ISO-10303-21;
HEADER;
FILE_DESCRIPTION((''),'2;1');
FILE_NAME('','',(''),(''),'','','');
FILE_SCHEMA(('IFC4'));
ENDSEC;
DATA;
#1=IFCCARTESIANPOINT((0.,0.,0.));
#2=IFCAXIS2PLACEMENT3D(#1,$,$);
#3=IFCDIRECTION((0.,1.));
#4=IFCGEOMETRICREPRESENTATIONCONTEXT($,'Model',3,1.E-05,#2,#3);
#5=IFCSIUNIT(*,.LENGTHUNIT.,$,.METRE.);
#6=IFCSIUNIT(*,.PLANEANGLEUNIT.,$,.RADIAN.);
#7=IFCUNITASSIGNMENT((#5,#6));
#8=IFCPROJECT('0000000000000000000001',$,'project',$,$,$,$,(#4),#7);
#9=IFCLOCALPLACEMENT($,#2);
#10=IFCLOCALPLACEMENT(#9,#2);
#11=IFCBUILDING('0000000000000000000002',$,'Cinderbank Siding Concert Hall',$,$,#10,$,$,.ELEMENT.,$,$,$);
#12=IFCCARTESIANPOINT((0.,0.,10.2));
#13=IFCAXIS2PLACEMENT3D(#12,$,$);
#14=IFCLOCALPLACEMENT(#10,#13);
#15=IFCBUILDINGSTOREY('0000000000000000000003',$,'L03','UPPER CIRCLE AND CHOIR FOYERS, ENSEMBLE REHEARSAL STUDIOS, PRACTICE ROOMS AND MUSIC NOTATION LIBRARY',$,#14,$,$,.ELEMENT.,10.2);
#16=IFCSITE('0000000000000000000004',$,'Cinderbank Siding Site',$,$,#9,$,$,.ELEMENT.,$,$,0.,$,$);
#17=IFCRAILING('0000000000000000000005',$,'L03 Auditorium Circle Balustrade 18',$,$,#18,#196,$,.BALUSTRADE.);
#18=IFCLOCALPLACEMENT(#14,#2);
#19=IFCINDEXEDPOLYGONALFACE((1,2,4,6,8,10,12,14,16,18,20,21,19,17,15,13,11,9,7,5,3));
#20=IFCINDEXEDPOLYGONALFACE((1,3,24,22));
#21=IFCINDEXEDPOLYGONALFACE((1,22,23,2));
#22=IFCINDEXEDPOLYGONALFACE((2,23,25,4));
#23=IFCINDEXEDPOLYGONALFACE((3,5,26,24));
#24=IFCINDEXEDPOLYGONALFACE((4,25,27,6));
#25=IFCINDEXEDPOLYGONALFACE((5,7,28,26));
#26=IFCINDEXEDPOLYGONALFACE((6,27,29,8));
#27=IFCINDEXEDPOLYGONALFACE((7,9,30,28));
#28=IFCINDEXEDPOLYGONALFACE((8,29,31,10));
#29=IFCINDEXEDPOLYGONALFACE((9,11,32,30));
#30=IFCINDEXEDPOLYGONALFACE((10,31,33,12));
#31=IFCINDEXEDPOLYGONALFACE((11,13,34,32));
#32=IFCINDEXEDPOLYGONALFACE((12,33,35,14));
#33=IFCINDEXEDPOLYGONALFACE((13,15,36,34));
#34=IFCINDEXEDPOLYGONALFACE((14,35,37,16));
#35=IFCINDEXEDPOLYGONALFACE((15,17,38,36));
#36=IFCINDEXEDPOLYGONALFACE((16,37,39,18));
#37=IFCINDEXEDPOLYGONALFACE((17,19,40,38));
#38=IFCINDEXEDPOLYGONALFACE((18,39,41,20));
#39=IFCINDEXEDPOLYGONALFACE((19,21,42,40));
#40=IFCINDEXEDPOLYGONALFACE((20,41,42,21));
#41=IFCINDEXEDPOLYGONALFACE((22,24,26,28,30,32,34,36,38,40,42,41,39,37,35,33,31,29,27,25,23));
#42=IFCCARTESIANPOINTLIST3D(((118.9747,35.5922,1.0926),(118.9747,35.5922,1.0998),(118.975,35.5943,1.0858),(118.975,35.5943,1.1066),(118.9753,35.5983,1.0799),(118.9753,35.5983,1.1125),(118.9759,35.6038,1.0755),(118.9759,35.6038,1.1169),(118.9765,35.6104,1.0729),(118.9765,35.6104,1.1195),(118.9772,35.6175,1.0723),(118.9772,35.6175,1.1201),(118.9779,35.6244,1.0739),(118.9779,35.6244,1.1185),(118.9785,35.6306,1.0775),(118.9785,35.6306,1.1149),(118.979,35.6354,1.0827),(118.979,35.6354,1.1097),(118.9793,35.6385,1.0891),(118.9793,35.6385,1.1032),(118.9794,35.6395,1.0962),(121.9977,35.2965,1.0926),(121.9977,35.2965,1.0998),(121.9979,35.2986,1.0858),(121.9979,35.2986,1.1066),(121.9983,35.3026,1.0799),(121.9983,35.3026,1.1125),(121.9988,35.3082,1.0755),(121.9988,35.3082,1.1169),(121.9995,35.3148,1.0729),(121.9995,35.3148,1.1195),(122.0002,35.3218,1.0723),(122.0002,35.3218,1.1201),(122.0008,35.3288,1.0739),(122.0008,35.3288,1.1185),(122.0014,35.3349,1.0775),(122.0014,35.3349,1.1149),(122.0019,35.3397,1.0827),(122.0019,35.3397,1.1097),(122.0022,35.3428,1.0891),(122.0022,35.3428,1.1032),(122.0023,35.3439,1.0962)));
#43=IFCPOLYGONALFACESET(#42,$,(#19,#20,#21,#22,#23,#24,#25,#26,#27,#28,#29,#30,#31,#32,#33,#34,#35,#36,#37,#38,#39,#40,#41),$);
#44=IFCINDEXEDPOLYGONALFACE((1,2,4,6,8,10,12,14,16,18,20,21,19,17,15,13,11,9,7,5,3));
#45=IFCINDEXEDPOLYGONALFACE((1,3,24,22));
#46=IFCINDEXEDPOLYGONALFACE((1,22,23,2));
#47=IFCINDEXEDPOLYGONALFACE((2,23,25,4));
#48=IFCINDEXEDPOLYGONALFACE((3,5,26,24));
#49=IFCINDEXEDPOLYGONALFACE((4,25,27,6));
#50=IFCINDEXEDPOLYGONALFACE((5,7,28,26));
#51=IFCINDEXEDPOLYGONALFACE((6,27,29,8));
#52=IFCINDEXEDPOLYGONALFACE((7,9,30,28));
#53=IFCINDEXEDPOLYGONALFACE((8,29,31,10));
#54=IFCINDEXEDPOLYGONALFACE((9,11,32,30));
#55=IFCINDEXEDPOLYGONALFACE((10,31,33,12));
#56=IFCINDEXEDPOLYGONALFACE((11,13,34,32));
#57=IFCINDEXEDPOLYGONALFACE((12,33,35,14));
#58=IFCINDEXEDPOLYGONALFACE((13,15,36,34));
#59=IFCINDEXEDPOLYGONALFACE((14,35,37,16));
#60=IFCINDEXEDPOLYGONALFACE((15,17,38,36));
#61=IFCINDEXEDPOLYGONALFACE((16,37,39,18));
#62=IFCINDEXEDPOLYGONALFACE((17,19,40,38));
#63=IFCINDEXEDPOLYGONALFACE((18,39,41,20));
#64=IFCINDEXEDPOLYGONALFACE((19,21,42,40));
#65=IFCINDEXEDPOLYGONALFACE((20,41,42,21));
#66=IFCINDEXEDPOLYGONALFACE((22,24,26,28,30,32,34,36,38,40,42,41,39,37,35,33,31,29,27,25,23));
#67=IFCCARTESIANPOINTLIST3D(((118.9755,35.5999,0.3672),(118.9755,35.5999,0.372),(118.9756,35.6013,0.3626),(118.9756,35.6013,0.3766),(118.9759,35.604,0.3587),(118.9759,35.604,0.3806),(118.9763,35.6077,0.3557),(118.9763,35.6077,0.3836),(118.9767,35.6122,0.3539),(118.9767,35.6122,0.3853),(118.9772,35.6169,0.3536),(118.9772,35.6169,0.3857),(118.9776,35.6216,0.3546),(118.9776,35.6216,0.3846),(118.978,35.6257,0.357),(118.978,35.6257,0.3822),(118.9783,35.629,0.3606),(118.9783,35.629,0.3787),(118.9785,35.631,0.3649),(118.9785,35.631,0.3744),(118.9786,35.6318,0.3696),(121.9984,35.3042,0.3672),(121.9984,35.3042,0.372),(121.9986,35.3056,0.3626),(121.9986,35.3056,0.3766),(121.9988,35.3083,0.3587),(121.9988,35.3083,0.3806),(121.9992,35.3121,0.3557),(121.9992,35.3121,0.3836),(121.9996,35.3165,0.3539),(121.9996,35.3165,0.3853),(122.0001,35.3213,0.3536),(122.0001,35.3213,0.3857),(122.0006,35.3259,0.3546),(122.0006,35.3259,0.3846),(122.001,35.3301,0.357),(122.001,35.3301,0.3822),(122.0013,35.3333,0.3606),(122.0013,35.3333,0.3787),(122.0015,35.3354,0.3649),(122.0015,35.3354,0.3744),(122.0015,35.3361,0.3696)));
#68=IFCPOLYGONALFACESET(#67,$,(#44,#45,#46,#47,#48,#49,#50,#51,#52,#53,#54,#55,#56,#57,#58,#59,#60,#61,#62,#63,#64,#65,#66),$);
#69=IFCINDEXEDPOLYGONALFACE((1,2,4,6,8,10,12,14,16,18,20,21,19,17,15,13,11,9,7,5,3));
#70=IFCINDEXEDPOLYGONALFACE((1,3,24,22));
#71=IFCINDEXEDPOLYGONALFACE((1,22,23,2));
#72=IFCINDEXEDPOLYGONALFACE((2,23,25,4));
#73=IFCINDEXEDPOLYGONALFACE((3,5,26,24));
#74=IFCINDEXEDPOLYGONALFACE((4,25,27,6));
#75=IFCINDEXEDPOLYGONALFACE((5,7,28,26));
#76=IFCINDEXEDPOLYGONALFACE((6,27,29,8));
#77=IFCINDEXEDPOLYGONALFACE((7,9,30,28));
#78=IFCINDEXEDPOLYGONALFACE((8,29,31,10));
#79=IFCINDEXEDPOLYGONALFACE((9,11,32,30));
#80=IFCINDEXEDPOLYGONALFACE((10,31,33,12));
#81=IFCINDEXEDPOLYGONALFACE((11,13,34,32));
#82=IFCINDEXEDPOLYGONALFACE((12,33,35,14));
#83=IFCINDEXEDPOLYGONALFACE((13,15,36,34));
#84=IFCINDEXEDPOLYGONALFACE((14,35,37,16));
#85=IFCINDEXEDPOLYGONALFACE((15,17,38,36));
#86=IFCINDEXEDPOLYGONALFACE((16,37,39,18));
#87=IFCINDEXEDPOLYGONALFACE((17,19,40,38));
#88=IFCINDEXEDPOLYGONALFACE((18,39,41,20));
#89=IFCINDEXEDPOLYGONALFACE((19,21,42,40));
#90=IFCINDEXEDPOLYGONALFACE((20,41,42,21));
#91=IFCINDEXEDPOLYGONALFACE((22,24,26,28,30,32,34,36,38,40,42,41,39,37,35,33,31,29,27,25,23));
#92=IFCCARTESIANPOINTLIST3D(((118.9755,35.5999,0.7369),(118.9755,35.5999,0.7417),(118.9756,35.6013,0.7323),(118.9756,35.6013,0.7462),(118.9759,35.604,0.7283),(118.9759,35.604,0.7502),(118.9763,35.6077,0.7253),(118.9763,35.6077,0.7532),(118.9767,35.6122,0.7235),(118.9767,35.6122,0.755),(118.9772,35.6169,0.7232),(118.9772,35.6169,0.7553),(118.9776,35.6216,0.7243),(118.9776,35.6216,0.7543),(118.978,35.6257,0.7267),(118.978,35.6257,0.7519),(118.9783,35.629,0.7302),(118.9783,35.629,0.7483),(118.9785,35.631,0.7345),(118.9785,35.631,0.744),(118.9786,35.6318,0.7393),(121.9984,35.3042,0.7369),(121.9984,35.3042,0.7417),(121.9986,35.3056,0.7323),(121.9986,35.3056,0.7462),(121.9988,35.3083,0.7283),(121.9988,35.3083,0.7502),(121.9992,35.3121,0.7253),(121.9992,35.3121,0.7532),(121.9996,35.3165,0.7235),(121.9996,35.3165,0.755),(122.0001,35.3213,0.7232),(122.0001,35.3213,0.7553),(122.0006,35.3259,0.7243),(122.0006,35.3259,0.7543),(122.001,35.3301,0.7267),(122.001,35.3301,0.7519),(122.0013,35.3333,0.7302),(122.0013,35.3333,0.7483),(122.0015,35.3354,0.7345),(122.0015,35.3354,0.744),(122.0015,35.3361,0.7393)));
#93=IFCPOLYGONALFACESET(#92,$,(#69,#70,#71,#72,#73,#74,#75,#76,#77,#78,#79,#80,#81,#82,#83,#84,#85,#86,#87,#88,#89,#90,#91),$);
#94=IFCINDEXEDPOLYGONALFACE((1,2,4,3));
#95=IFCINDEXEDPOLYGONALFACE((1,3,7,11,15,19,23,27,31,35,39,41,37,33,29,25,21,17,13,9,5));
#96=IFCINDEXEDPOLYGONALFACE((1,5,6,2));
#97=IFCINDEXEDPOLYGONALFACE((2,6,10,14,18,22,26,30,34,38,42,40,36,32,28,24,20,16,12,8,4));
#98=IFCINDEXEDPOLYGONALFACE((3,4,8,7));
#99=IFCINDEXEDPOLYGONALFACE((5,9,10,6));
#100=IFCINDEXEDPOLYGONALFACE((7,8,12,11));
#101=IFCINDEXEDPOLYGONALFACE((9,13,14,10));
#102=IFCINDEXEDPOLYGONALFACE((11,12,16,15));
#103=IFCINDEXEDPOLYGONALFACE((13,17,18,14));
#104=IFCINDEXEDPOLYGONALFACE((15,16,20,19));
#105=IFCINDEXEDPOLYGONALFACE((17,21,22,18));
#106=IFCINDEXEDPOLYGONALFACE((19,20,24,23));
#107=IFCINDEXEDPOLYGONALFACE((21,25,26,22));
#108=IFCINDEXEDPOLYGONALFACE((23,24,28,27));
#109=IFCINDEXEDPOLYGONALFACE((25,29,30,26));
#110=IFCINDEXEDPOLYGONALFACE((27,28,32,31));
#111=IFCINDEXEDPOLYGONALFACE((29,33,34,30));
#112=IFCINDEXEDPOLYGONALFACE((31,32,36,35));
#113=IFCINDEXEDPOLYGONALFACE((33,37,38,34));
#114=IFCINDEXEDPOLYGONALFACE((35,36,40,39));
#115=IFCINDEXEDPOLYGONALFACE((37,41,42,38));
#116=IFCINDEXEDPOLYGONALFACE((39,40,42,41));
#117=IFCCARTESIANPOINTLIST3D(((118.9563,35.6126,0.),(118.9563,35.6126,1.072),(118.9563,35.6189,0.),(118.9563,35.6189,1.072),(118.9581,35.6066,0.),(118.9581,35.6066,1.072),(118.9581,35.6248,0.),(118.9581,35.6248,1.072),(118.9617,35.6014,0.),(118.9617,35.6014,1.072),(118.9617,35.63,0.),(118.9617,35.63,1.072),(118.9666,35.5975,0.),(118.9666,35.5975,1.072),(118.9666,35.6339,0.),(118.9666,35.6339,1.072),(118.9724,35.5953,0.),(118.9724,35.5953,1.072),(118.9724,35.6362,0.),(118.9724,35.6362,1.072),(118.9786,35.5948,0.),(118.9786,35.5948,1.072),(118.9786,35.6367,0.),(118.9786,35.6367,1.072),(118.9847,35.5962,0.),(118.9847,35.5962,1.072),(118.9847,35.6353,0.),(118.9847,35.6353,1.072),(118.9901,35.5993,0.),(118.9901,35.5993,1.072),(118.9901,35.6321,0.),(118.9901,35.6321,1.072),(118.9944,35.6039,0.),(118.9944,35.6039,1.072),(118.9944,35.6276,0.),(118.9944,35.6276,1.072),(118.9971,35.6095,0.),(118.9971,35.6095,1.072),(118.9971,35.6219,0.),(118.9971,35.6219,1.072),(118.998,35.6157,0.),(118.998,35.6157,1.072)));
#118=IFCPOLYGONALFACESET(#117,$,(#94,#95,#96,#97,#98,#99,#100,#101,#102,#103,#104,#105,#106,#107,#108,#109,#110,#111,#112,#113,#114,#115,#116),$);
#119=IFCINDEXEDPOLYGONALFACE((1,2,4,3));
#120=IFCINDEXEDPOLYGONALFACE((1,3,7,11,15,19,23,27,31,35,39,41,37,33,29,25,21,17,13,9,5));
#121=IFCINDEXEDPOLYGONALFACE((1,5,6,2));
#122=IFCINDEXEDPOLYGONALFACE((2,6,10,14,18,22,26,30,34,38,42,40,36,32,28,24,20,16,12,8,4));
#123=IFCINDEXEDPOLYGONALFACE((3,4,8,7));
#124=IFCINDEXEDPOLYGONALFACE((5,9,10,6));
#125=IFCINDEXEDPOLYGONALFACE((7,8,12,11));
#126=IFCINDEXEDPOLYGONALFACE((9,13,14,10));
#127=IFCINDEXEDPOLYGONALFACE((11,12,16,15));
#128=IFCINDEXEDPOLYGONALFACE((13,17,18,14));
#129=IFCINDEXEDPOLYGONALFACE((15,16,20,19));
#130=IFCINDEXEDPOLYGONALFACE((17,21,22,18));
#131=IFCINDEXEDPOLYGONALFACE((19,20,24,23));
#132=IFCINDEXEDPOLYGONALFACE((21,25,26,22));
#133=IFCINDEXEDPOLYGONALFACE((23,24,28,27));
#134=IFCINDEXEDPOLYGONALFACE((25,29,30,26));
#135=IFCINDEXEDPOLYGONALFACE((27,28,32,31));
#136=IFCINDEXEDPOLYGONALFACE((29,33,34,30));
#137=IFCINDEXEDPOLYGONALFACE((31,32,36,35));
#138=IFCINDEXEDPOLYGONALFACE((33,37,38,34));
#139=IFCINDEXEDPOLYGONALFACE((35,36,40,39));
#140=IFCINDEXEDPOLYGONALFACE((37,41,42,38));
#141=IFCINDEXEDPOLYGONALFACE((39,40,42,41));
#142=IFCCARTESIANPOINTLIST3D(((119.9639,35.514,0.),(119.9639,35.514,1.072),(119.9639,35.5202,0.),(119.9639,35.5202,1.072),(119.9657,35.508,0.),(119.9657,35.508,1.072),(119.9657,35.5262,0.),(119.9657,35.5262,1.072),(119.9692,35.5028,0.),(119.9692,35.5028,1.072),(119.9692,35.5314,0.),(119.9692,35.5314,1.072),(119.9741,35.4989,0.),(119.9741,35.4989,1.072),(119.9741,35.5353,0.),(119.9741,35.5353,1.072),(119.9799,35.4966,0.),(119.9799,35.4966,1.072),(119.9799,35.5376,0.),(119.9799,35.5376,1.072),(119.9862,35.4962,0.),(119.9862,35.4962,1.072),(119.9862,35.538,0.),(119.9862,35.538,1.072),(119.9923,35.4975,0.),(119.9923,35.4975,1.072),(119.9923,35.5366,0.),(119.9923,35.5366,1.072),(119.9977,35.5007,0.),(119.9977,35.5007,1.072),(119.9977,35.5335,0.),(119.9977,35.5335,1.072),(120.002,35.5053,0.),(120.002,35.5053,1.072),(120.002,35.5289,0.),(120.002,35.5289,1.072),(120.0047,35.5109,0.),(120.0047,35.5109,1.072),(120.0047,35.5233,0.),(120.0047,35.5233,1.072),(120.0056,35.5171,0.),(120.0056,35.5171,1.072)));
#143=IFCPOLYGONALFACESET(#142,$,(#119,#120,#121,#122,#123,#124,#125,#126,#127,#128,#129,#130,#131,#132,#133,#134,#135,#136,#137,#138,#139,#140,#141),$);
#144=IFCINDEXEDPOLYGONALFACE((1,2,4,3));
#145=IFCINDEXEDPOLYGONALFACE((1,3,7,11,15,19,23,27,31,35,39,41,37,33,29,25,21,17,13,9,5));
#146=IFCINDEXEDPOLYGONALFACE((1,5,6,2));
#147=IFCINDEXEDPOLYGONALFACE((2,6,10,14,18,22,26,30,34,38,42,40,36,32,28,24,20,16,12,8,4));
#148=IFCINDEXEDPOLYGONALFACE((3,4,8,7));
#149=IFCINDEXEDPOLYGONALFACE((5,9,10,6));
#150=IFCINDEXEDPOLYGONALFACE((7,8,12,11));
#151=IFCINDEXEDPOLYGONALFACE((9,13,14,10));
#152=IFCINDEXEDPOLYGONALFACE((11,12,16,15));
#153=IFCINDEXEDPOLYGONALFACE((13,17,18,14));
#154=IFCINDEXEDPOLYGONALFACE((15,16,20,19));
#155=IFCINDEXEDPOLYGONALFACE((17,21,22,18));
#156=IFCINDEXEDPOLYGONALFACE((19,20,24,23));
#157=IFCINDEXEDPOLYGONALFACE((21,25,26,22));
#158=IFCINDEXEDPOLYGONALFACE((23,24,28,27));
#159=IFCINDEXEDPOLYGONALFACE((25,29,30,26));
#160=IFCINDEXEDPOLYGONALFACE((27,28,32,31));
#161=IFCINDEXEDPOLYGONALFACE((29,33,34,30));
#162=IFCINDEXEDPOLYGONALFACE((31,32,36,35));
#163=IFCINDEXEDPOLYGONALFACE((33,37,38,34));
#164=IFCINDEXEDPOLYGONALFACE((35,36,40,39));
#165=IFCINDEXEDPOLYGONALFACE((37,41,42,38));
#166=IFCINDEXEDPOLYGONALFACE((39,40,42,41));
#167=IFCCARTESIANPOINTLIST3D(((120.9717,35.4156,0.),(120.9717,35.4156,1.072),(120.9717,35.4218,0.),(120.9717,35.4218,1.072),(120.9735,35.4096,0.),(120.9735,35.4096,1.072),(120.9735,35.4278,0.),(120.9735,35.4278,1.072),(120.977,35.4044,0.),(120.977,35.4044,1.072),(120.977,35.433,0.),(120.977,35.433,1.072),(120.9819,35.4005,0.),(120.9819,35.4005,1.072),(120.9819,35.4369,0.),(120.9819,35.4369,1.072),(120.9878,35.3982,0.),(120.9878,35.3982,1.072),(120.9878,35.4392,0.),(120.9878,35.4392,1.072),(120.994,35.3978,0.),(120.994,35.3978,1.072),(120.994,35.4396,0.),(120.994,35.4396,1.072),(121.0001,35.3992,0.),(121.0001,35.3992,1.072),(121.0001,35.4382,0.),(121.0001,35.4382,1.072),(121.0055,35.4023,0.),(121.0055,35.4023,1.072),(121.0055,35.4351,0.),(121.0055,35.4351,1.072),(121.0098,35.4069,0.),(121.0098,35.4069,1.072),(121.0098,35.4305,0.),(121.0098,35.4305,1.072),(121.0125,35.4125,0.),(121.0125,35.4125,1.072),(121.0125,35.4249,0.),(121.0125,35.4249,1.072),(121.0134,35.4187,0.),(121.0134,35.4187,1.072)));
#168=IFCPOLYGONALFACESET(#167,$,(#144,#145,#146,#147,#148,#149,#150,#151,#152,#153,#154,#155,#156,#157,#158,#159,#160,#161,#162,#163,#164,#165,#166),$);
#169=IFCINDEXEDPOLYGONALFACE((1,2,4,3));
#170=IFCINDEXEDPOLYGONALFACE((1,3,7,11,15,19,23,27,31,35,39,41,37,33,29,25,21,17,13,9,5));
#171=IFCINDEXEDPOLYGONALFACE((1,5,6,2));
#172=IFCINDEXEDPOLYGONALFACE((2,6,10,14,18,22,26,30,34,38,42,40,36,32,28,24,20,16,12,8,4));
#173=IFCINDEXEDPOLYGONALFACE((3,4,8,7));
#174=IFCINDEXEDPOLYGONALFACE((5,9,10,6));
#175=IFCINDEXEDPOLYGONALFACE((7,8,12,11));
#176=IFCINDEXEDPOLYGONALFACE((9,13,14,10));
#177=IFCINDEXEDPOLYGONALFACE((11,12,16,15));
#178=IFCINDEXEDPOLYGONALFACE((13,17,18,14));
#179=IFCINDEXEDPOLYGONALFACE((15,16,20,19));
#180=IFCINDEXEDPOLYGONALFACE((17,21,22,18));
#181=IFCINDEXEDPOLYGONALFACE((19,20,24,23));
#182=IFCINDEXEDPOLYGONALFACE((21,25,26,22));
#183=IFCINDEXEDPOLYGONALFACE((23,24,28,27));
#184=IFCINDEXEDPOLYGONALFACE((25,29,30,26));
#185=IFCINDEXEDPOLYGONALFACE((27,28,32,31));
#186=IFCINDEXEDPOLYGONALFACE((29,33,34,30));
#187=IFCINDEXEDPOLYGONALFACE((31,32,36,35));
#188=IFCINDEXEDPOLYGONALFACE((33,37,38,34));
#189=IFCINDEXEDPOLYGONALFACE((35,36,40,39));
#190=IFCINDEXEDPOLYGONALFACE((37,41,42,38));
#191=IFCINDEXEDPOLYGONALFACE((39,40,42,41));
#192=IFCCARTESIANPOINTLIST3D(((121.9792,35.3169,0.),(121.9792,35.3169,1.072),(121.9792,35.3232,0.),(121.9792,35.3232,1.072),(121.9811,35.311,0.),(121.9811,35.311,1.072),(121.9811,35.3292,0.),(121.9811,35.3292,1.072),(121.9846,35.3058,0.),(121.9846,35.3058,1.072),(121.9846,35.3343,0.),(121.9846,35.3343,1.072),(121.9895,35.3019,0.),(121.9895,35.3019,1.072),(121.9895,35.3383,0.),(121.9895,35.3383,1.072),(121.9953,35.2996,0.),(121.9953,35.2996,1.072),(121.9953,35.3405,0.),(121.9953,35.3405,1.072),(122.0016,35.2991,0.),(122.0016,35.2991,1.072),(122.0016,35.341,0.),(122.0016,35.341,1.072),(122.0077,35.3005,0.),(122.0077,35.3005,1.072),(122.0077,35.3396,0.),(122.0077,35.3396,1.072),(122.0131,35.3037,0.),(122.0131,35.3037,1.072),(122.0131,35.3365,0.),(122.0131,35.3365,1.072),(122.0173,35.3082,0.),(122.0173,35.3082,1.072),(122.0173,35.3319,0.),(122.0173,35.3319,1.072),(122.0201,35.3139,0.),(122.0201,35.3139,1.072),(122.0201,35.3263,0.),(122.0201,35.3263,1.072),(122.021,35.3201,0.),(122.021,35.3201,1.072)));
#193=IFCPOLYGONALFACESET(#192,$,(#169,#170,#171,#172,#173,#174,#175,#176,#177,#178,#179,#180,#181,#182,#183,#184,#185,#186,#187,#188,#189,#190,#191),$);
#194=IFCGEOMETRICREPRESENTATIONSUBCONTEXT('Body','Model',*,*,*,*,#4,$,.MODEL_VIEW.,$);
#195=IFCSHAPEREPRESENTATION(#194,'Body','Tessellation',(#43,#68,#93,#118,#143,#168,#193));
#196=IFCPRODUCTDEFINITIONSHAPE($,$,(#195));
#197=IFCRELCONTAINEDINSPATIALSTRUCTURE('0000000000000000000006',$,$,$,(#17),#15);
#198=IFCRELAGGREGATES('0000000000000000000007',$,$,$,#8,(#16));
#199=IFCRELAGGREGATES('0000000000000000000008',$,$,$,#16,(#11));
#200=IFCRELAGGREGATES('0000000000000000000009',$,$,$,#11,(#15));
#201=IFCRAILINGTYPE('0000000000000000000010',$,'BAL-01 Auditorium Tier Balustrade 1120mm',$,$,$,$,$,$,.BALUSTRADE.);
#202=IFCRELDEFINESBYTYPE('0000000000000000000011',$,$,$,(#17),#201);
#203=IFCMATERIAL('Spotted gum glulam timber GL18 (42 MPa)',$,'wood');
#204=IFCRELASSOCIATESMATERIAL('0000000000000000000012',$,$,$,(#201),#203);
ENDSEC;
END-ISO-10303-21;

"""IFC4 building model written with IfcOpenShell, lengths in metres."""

from ifc_helpers import new_model, si_unit, direction, frame, origin, origin_2d, place, context, subcontext, project, spatial, circle, extrude, material, type_object, element, save


model = new_model("IFC4")

# Units and contexts
model_context = context("Model", 3, precision=1e-05, world=origin(), true_north=direction((0.0, 1.0)))
body_context = subcontext(model_context, "Body", "Model", "MODEL_VIEW")
ifc_project = project(units=[si_unit("LENGTHUNIT", "METRE"), si_unit("PLANEANGLEUNIT", "RADIAN")], contexts=[model_context])

# Site, building, storey
site_placement = place(None, origin())
site = spatial("IfcSite", under=ifc_project, at=site_placement, Name="Cinderbank Siding Site", CompositionType="ELEMENT", RefElevation=0.0)
building_placement = place(site_placement, origin())
building = spatial("IfcBuilding", under=site, at=building_placement, Name="Cinderbank Siding Concert Hall", CompositionType="ELEMENT")
storey_placement = place(building_placement, frame((0.0, 0.0, 10.2)))
storey = spatial("IfcBuildingStorey", under=building, at=storey_placement, Name="L03", Description="UPPER CIRCLE AND CHOIR FOYERS, ENSEMBLE REHEARSAL STUDIOS, PRACTICE ROOMS AND MUSIC NOTATION LIBRARY", CompositionType="ELEMENT", Elevation=10.2)

# Shared definitions
ifc_material_1 = material(Name="Spotted gum glulam timber GL18 (42 MPa)", Category="wood")

# Railing
railing_type = type_object("IfcRailingType", Name="BAL-01 Auditorium Tier Balustrade 1120mm", PredefinedType="BALUSTRADE", material=ifc_material_1)
railing_1_placement = place(storey_placement, frame((118.9771, 35.6157, 0.0)))
element("IfcRailing", 1, at=railing_1_placement, inside=storey, type_object=railing_type, Name="L03 Auditorium Circle Balustrade 18", PredefinedType="BALUSTRADE", context=body_context, shape_type="SweptSolid", body=[
    extrude(circle(Radius=0.0239, at=origin_2d()), frame((0.0, 0.0, 1.0962), z_axis=(0.995251, -0.097339, 0.0), x_axis=(0.097339, 0.995251, 0.0)), (0.0, 0.0, 1.0), 3.0374),
    extrude(circle(Radius=0.0161, at=origin_2d()), frame((0.0, 0.0, 0.3696), z_axis=(0.995251, -0.097339, 0.0), x_axis=(0.097339, 0.995251, 0.0)), (0.0, 0.0, 1.0), 3.0374),
    extrude(circle(Radius=0.0161, at=origin_2d()), frame((0.0, 0.0, 0.7393), z_axis=(0.995251, -0.097339, 0.0), x_axis=(0.097339, 0.995251, 0.0)), (0.0, 0.0, 1.0), 3.0374),
    extrude(circle(Radius=0.021, at=origin_2d()), origin(), (0.0, 0.0, 1.0), 1.072),
    extrude(circle(Radius=0.021, at=origin_2d()), frame((1.0076, -0.0986, 0.0)), (0.0, 0.0, 1.0), 1.072),
    extrude(circle(Radius=0.021, at=origin_2d()), frame((2.0154, -0.197, 0.0)), (0.0, 0.0, 1.0), 1.072),
    extrude(circle(Radius=0.021, at=origin_2d()), frame((3.0229, -0.2957, 0.0)), (0.0, 0.0, 1.0), 1.072),
])

save(model, "model.ifc")
